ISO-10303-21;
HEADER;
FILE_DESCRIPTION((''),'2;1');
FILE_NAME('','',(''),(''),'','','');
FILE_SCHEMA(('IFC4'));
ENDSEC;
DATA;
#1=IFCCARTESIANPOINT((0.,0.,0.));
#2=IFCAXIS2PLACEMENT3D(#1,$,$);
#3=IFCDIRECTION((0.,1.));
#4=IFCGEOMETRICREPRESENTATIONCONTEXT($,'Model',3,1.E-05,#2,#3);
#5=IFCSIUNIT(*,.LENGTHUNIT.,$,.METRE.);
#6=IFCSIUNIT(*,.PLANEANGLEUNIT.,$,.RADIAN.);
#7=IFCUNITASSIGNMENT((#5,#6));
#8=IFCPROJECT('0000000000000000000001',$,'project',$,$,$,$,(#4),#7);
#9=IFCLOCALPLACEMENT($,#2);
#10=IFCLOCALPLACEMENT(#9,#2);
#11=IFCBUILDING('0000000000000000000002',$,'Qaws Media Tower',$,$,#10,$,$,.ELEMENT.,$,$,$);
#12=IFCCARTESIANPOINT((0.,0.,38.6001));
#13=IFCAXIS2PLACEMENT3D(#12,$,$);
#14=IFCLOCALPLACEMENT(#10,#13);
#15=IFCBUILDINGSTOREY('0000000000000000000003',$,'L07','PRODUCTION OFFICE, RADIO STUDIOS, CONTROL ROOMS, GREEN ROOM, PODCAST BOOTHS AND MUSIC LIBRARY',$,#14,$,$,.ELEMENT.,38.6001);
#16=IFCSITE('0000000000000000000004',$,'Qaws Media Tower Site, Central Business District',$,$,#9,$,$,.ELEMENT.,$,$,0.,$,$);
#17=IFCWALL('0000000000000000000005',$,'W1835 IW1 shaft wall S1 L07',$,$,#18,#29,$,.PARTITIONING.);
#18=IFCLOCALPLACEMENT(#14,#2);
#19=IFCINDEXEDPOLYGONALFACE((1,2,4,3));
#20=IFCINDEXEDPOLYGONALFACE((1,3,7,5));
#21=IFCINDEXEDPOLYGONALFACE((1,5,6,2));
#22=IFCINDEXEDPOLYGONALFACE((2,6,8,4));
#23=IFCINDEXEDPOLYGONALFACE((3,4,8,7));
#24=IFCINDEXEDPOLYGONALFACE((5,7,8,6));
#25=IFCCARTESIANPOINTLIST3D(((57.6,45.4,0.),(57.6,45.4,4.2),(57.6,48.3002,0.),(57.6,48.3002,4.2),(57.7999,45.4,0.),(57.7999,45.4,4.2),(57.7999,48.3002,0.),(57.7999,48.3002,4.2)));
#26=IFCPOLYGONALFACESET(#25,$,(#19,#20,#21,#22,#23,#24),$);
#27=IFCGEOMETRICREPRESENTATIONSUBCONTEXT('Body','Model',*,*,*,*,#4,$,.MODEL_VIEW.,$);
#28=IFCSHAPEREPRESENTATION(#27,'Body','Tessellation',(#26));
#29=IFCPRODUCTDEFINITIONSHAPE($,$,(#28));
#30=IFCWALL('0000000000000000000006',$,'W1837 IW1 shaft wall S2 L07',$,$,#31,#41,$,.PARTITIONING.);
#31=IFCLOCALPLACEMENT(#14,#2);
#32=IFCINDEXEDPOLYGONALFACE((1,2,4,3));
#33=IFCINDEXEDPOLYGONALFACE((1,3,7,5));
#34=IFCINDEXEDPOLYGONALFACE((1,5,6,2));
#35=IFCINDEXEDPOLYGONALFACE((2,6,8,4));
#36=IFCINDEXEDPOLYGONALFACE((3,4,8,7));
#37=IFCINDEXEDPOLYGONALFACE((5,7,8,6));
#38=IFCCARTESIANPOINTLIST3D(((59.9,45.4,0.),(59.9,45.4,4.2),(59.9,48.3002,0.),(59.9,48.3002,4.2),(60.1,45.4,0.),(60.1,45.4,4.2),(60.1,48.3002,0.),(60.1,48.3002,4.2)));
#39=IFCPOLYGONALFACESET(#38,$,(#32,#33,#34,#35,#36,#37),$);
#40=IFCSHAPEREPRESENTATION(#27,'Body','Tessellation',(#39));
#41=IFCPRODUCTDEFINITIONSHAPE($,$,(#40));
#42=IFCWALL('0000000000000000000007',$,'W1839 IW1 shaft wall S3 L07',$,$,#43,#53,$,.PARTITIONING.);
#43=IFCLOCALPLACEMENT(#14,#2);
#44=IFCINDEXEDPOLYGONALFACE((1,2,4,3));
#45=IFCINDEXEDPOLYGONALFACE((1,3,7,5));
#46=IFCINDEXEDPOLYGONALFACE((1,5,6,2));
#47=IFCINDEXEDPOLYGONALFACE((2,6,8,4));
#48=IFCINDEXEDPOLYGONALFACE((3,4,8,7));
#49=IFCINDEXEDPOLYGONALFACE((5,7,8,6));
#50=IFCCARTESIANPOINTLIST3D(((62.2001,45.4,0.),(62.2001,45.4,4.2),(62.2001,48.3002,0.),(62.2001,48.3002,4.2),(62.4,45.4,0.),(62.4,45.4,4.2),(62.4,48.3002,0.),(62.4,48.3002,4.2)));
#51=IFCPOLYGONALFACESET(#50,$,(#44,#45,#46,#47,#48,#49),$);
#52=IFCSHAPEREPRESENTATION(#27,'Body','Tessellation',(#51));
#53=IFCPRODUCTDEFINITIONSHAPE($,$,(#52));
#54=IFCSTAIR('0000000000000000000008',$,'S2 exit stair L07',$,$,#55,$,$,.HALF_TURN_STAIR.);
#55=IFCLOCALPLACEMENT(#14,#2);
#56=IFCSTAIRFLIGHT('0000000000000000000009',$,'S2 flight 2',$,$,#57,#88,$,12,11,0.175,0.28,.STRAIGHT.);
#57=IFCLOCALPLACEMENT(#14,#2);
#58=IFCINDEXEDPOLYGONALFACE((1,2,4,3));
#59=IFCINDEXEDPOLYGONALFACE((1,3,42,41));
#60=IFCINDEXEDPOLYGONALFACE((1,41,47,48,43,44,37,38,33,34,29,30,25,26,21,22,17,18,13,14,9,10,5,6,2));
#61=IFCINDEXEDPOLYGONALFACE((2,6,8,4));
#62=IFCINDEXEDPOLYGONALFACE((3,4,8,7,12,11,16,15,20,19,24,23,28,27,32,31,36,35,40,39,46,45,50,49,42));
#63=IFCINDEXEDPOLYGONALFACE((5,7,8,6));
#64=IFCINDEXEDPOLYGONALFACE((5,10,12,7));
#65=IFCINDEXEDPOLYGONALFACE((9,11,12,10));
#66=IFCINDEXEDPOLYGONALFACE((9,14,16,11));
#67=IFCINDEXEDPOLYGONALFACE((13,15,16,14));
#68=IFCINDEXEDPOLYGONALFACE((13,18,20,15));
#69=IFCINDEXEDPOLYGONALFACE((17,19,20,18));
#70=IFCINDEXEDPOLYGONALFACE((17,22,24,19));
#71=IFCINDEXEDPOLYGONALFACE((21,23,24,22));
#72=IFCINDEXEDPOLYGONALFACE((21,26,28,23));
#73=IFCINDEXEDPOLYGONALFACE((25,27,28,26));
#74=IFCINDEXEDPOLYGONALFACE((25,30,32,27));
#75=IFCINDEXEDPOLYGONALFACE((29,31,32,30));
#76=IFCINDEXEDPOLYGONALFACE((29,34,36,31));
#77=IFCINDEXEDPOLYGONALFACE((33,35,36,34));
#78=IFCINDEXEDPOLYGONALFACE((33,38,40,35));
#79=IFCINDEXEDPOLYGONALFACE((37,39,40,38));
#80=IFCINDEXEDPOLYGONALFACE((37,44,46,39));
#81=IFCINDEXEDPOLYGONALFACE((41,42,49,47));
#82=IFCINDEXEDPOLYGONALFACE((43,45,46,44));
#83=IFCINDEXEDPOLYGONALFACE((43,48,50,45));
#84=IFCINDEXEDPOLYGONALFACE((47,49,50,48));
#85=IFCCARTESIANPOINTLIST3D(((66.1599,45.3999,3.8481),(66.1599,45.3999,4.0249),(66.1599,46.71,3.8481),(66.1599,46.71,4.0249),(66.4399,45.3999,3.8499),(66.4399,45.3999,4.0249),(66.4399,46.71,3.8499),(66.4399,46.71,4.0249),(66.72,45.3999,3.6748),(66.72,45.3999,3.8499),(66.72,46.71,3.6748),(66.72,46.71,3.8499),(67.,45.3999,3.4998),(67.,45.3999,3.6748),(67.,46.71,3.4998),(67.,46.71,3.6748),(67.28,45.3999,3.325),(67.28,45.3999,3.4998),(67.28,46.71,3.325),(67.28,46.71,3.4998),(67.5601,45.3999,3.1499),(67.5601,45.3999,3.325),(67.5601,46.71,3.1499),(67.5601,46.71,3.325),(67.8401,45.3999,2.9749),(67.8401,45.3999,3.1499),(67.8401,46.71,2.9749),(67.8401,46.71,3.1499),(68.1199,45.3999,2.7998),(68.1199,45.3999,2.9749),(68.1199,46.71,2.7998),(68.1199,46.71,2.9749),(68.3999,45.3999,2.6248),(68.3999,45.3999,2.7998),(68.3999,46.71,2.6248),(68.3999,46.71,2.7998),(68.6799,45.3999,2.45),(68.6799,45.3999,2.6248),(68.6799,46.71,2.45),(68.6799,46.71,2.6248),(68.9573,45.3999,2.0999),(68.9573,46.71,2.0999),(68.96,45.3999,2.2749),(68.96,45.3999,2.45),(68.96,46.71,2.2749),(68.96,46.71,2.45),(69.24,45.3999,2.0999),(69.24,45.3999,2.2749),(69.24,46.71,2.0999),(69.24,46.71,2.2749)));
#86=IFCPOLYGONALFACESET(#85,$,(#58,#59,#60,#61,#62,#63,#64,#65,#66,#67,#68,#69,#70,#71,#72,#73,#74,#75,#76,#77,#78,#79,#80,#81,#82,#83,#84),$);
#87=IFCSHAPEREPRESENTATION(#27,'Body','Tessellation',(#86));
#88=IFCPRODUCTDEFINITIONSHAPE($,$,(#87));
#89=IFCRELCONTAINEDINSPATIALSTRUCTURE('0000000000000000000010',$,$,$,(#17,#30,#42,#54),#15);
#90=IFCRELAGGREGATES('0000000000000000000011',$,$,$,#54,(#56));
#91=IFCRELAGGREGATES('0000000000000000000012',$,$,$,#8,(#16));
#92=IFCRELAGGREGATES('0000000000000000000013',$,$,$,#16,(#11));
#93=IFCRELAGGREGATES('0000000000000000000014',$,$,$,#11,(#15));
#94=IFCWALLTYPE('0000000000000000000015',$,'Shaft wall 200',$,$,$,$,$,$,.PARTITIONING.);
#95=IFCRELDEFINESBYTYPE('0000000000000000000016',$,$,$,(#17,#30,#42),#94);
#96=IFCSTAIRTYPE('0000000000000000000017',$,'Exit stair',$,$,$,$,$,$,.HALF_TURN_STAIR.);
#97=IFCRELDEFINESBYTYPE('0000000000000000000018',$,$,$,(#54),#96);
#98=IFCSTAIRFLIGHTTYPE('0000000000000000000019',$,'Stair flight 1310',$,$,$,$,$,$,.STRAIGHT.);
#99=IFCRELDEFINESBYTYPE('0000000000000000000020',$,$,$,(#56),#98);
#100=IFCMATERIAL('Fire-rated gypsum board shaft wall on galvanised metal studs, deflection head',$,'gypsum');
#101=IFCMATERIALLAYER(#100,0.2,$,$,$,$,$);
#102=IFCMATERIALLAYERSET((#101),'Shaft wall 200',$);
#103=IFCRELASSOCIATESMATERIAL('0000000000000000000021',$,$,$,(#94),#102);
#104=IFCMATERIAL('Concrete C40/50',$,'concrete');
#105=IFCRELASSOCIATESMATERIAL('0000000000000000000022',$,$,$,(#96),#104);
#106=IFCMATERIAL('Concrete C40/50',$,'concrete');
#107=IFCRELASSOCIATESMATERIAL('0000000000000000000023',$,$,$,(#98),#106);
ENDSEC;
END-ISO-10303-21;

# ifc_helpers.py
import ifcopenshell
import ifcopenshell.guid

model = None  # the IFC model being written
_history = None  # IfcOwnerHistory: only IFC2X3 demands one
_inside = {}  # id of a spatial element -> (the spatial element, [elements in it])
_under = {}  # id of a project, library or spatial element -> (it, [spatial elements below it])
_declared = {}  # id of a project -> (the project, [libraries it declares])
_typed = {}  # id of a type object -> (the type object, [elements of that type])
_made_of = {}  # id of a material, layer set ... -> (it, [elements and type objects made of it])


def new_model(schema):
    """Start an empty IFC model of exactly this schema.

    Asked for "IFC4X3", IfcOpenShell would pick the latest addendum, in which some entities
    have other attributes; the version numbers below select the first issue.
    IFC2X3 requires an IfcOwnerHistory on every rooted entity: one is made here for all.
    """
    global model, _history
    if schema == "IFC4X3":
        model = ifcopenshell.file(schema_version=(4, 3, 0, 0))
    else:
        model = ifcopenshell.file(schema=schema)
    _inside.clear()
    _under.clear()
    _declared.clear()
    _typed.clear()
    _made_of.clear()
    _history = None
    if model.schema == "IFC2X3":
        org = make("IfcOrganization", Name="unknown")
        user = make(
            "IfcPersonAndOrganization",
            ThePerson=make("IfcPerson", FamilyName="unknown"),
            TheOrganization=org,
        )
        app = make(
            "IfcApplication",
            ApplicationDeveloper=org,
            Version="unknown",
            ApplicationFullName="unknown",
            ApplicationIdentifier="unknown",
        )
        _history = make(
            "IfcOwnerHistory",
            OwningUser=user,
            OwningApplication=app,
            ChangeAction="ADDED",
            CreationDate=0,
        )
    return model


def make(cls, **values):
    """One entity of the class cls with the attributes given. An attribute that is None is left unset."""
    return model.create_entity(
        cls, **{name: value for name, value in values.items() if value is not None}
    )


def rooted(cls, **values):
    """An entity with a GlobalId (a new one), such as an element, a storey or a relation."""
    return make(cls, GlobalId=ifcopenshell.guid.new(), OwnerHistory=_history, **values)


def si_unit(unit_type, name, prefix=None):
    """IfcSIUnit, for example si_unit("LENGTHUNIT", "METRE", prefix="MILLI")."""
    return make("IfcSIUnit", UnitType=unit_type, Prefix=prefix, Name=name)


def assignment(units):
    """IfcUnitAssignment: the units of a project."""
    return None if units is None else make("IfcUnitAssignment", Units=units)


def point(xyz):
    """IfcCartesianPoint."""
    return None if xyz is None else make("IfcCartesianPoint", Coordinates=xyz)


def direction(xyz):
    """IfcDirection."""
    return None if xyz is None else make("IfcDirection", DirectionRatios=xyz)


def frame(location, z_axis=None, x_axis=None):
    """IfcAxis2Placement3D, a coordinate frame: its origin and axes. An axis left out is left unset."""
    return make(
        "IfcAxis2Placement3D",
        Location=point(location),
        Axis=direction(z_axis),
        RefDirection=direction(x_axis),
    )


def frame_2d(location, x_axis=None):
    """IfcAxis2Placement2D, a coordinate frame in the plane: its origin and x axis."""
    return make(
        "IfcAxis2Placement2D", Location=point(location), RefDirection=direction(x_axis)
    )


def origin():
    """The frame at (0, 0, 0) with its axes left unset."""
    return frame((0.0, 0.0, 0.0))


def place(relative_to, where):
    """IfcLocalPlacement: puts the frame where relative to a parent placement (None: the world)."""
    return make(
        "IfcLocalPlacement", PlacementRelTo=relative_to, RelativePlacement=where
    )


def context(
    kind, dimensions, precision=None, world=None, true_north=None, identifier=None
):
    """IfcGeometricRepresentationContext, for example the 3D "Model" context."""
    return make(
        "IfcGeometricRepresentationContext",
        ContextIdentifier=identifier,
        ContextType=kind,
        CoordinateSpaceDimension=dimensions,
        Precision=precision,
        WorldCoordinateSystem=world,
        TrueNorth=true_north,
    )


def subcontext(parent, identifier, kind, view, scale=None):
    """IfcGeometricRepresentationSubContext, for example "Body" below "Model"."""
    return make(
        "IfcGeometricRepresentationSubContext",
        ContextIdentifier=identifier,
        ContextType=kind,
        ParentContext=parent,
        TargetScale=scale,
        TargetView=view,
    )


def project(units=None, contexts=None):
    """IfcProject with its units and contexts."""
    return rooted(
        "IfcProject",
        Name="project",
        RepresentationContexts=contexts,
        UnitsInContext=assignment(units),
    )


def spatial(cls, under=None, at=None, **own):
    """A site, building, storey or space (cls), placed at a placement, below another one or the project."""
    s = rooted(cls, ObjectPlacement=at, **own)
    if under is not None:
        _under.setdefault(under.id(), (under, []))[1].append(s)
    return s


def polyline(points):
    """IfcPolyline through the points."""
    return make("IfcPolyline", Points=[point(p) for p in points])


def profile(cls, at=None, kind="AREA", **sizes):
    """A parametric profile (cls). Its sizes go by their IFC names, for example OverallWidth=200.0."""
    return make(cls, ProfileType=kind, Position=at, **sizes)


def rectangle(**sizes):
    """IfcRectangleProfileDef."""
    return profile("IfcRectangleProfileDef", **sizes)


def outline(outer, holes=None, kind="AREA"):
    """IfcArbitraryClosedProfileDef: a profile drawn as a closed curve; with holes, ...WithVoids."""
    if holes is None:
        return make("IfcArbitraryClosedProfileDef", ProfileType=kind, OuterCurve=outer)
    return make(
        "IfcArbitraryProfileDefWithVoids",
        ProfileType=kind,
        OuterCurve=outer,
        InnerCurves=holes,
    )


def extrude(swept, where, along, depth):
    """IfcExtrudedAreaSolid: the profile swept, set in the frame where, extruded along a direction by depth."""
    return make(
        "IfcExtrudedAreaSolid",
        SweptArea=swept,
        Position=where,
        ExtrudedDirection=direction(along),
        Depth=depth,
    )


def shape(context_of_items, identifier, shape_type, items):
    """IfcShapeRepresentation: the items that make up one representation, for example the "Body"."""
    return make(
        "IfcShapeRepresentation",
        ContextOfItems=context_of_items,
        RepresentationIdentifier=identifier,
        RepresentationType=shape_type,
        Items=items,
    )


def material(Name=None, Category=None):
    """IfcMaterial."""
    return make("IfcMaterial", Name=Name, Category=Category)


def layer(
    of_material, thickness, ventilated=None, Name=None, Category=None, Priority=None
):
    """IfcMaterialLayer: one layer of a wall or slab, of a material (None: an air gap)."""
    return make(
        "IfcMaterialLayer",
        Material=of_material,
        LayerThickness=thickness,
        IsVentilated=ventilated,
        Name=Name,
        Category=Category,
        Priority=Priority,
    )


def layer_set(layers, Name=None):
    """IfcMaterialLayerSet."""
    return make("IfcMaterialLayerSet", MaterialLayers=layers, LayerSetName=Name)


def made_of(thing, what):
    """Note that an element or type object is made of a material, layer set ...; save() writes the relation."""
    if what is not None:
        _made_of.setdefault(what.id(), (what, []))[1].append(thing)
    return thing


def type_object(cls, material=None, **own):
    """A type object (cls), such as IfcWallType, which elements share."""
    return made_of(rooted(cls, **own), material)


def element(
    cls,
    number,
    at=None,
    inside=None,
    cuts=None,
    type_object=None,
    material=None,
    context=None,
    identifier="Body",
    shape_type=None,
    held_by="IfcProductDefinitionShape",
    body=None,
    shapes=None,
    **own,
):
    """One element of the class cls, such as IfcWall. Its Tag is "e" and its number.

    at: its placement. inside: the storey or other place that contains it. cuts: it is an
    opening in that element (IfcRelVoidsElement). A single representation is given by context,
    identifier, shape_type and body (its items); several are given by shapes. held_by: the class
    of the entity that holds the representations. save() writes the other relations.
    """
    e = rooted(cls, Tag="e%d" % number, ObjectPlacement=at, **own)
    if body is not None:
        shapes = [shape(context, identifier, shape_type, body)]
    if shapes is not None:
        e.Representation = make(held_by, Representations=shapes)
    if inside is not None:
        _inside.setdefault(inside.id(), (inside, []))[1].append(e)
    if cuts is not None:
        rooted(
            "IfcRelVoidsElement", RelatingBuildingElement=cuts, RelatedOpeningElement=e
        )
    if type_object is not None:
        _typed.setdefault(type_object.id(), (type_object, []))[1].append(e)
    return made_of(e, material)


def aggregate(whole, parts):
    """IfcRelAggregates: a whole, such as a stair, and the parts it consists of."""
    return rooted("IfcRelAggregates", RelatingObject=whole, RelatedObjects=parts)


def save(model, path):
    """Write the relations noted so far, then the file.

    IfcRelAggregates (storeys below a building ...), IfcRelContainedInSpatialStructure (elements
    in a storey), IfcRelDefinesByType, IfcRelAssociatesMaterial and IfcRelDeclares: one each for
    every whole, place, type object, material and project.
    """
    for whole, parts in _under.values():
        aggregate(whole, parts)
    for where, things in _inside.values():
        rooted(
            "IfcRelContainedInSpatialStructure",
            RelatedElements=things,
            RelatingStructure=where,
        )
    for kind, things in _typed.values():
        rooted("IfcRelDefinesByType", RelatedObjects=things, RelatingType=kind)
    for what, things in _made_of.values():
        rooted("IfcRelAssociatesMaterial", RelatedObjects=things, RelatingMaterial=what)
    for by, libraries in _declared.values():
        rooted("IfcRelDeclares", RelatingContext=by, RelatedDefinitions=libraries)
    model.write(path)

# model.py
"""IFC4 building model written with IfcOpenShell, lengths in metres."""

from ifc_helpers import new_model, si_unit, direction, frame, frame_2d, origin, place, context, subcontext, project, spatial, polyline, rectangle, outline, extrude, material, layer, layer_set, type_object, element, aggregate, save


model = new_model("IFC4")

# Units and contexts
model_context = context("Model", 3, precision=1e-05, world=origin(), true_north=direction((0.0, 1.0)))
body_context = subcontext(model_context, "Body", "Model", "MODEL_VIEW")
ifc_project = project(units=[si_unit("LENGTHUNIT", "METRE"), si_unit("PLANEANGLEUNIT", "RADIAN")], contexts=[model_context])

# Site, building, storey
site_placement = place(None, origin())
site = spatial("IfcSite", under=ifc_project, at=site_placement, Name="Qaws Media Tower Site, Central Business District", CompositionType="ELEMENT", RefElevation=0.0)
building_placement = place(site_placement, origin())
building = spatial("IfcBuilding", under=site, at=building_placement, Name="Qaws Media Tower", CompositionType="ELEMENT")
storey_placement = place(building_placement, frame((0.0, 0.0, 38.6001)))
storey = spatial("IfcBuildingStorey", under=building, at=storey_placement, Name="L07", Description="PRODUCTION OFFICE, RADIO STUDIOS, CONTROL ROOMS, GREEN ROOM, PODCAST BOOTHS AND MUSIC LIBRARY", CompositionType="ELEMENT", Elevation=38.6001)

# Walls
ifc_material_1 = material(Name="Fire-rated gypsum board shaft wall on galvanised metal studs, deflection head", Category="gypsum")
ifc_layer_1 = layer(ifc_material_1, 0.2)
ifc_layer_set_1 = layer_set([ifc_layer_1], Name="Shaft wall 200")
wall_type_1 = type_object("IfcWallType", Name="Shaft wall 200", PredefinedType="PARTITIONING", material=ifc_layer_set_1)
for number, where, z_axis, x_axis, name in (
    (1, (57.7, 45.3999, 0.0), (0.0, 0.0, 1.0), (0.0, 1.0, 0.0), "W1835 IW1 shaft wall S1 L07"),
    (2, (60.0, 45.3999, 0.0), (0.0, 0.0, 1.0), (0.0, 1.0, 0.0), "W1837 IW1 shaft wall S2 L07"),
    (3, (62.3, 45.3999, 0.0), (0.0, 0.0, 1.0), (0.0, 1.0, 0.0), "W1839 IW1 shaft wall S3 L07"),
):
    element("IfcWall", number, at=place(storey_placement, frame(where, z_axis=z_axis, x_axis=x_axis)), inside=storey, type_object=wall_type_1, Name=name, PredefinedType="PARTITIONING", context=body_context, shape_type="SweptSolid", body=[
        extrude(rectangle(XDim=2.9001, YDim=0.2, at=frame_2d((1.4502, 0.0))), origin(), (0.0, 0.0, 1.0), 4.2),
    ])

# Stair, stair flight
ifc_material_2 = material(Name="Concrete C40/50", Category="concrete")
stair_type = type_object("IfcStairType", Name="Exit stair", PredefinedType="HALF_TURN_STAIR", material=ifc_material_2)
stair_placement = place(storey_placement, origin())
stair = element("IfcStair", 4, at=stair_placement, inside=storey, type_object=stair_type, Name="S2 exit stair L07", PredefinedType="HALF_TURN_STAIR")
ifc_material_3 = material(Name="Concrete C40/50", Category="concrete")
stair_flight_type = type_object("IfcStairFlightType", Name="Stair flight 1310", PredefinedType="STRAIGHT", material=ifc_material_3)
stair_flight_placement = place(storey_placement, frame((69.24, 46.0549, 2.0999), z_axis=(0.0, 0.0, 1.0), x_axis=(-1.0, 0.0, 0.0)))
stair_flight = element("IfcStairFlight", 5, at=stair_flight_placement, type_object=stair_flight_type, Name="S2 flight 2", NumberOfRisers=12, NumberOfTreads=11, PredefinedType="STRAIGHT", RiserHeight=0.175, TreadLength=0.28, context=body_context, shape_type="SweptSolid", body=[
    extrude(outline(polyline([(0.0, 0.0), (0.0, 0.175), (0.28, 0.175), (0.28, 0.3501), (0.5601, 0.3501), (0.5601, 0.5249), (0.8401, 0.5249), (0.8401, 0.7), (1.1201, 0.7), (1.1201, 0.875), (1.3999, 0.875), (1.3999, 1.05), (1.6799, 1.05), (1.6799, 1.2251), (1.96, 1.2251), (1.96, 1.3999), (2.24, 1.3999), (2.24, 1.575), (2.52, 1.575), (2.52, 1.75), (2.8, 1.75), (2.8, 1.925), (3.0801, 1.925), (3.0801, 2.1001), (3.0801, 1.7483), (0.2827, 0.0), (0.0, 0.0)])), frame((0.0, 0.655, 0.0), z_axis=(0.0, -1.0, 0.0), x_axis=(1.0, 0.0, 0.0)), (0.0, 0.0, 1.0), 1.3101),
])
aggregate(stair, [stair_flight])

save(model, "model.ifc")
